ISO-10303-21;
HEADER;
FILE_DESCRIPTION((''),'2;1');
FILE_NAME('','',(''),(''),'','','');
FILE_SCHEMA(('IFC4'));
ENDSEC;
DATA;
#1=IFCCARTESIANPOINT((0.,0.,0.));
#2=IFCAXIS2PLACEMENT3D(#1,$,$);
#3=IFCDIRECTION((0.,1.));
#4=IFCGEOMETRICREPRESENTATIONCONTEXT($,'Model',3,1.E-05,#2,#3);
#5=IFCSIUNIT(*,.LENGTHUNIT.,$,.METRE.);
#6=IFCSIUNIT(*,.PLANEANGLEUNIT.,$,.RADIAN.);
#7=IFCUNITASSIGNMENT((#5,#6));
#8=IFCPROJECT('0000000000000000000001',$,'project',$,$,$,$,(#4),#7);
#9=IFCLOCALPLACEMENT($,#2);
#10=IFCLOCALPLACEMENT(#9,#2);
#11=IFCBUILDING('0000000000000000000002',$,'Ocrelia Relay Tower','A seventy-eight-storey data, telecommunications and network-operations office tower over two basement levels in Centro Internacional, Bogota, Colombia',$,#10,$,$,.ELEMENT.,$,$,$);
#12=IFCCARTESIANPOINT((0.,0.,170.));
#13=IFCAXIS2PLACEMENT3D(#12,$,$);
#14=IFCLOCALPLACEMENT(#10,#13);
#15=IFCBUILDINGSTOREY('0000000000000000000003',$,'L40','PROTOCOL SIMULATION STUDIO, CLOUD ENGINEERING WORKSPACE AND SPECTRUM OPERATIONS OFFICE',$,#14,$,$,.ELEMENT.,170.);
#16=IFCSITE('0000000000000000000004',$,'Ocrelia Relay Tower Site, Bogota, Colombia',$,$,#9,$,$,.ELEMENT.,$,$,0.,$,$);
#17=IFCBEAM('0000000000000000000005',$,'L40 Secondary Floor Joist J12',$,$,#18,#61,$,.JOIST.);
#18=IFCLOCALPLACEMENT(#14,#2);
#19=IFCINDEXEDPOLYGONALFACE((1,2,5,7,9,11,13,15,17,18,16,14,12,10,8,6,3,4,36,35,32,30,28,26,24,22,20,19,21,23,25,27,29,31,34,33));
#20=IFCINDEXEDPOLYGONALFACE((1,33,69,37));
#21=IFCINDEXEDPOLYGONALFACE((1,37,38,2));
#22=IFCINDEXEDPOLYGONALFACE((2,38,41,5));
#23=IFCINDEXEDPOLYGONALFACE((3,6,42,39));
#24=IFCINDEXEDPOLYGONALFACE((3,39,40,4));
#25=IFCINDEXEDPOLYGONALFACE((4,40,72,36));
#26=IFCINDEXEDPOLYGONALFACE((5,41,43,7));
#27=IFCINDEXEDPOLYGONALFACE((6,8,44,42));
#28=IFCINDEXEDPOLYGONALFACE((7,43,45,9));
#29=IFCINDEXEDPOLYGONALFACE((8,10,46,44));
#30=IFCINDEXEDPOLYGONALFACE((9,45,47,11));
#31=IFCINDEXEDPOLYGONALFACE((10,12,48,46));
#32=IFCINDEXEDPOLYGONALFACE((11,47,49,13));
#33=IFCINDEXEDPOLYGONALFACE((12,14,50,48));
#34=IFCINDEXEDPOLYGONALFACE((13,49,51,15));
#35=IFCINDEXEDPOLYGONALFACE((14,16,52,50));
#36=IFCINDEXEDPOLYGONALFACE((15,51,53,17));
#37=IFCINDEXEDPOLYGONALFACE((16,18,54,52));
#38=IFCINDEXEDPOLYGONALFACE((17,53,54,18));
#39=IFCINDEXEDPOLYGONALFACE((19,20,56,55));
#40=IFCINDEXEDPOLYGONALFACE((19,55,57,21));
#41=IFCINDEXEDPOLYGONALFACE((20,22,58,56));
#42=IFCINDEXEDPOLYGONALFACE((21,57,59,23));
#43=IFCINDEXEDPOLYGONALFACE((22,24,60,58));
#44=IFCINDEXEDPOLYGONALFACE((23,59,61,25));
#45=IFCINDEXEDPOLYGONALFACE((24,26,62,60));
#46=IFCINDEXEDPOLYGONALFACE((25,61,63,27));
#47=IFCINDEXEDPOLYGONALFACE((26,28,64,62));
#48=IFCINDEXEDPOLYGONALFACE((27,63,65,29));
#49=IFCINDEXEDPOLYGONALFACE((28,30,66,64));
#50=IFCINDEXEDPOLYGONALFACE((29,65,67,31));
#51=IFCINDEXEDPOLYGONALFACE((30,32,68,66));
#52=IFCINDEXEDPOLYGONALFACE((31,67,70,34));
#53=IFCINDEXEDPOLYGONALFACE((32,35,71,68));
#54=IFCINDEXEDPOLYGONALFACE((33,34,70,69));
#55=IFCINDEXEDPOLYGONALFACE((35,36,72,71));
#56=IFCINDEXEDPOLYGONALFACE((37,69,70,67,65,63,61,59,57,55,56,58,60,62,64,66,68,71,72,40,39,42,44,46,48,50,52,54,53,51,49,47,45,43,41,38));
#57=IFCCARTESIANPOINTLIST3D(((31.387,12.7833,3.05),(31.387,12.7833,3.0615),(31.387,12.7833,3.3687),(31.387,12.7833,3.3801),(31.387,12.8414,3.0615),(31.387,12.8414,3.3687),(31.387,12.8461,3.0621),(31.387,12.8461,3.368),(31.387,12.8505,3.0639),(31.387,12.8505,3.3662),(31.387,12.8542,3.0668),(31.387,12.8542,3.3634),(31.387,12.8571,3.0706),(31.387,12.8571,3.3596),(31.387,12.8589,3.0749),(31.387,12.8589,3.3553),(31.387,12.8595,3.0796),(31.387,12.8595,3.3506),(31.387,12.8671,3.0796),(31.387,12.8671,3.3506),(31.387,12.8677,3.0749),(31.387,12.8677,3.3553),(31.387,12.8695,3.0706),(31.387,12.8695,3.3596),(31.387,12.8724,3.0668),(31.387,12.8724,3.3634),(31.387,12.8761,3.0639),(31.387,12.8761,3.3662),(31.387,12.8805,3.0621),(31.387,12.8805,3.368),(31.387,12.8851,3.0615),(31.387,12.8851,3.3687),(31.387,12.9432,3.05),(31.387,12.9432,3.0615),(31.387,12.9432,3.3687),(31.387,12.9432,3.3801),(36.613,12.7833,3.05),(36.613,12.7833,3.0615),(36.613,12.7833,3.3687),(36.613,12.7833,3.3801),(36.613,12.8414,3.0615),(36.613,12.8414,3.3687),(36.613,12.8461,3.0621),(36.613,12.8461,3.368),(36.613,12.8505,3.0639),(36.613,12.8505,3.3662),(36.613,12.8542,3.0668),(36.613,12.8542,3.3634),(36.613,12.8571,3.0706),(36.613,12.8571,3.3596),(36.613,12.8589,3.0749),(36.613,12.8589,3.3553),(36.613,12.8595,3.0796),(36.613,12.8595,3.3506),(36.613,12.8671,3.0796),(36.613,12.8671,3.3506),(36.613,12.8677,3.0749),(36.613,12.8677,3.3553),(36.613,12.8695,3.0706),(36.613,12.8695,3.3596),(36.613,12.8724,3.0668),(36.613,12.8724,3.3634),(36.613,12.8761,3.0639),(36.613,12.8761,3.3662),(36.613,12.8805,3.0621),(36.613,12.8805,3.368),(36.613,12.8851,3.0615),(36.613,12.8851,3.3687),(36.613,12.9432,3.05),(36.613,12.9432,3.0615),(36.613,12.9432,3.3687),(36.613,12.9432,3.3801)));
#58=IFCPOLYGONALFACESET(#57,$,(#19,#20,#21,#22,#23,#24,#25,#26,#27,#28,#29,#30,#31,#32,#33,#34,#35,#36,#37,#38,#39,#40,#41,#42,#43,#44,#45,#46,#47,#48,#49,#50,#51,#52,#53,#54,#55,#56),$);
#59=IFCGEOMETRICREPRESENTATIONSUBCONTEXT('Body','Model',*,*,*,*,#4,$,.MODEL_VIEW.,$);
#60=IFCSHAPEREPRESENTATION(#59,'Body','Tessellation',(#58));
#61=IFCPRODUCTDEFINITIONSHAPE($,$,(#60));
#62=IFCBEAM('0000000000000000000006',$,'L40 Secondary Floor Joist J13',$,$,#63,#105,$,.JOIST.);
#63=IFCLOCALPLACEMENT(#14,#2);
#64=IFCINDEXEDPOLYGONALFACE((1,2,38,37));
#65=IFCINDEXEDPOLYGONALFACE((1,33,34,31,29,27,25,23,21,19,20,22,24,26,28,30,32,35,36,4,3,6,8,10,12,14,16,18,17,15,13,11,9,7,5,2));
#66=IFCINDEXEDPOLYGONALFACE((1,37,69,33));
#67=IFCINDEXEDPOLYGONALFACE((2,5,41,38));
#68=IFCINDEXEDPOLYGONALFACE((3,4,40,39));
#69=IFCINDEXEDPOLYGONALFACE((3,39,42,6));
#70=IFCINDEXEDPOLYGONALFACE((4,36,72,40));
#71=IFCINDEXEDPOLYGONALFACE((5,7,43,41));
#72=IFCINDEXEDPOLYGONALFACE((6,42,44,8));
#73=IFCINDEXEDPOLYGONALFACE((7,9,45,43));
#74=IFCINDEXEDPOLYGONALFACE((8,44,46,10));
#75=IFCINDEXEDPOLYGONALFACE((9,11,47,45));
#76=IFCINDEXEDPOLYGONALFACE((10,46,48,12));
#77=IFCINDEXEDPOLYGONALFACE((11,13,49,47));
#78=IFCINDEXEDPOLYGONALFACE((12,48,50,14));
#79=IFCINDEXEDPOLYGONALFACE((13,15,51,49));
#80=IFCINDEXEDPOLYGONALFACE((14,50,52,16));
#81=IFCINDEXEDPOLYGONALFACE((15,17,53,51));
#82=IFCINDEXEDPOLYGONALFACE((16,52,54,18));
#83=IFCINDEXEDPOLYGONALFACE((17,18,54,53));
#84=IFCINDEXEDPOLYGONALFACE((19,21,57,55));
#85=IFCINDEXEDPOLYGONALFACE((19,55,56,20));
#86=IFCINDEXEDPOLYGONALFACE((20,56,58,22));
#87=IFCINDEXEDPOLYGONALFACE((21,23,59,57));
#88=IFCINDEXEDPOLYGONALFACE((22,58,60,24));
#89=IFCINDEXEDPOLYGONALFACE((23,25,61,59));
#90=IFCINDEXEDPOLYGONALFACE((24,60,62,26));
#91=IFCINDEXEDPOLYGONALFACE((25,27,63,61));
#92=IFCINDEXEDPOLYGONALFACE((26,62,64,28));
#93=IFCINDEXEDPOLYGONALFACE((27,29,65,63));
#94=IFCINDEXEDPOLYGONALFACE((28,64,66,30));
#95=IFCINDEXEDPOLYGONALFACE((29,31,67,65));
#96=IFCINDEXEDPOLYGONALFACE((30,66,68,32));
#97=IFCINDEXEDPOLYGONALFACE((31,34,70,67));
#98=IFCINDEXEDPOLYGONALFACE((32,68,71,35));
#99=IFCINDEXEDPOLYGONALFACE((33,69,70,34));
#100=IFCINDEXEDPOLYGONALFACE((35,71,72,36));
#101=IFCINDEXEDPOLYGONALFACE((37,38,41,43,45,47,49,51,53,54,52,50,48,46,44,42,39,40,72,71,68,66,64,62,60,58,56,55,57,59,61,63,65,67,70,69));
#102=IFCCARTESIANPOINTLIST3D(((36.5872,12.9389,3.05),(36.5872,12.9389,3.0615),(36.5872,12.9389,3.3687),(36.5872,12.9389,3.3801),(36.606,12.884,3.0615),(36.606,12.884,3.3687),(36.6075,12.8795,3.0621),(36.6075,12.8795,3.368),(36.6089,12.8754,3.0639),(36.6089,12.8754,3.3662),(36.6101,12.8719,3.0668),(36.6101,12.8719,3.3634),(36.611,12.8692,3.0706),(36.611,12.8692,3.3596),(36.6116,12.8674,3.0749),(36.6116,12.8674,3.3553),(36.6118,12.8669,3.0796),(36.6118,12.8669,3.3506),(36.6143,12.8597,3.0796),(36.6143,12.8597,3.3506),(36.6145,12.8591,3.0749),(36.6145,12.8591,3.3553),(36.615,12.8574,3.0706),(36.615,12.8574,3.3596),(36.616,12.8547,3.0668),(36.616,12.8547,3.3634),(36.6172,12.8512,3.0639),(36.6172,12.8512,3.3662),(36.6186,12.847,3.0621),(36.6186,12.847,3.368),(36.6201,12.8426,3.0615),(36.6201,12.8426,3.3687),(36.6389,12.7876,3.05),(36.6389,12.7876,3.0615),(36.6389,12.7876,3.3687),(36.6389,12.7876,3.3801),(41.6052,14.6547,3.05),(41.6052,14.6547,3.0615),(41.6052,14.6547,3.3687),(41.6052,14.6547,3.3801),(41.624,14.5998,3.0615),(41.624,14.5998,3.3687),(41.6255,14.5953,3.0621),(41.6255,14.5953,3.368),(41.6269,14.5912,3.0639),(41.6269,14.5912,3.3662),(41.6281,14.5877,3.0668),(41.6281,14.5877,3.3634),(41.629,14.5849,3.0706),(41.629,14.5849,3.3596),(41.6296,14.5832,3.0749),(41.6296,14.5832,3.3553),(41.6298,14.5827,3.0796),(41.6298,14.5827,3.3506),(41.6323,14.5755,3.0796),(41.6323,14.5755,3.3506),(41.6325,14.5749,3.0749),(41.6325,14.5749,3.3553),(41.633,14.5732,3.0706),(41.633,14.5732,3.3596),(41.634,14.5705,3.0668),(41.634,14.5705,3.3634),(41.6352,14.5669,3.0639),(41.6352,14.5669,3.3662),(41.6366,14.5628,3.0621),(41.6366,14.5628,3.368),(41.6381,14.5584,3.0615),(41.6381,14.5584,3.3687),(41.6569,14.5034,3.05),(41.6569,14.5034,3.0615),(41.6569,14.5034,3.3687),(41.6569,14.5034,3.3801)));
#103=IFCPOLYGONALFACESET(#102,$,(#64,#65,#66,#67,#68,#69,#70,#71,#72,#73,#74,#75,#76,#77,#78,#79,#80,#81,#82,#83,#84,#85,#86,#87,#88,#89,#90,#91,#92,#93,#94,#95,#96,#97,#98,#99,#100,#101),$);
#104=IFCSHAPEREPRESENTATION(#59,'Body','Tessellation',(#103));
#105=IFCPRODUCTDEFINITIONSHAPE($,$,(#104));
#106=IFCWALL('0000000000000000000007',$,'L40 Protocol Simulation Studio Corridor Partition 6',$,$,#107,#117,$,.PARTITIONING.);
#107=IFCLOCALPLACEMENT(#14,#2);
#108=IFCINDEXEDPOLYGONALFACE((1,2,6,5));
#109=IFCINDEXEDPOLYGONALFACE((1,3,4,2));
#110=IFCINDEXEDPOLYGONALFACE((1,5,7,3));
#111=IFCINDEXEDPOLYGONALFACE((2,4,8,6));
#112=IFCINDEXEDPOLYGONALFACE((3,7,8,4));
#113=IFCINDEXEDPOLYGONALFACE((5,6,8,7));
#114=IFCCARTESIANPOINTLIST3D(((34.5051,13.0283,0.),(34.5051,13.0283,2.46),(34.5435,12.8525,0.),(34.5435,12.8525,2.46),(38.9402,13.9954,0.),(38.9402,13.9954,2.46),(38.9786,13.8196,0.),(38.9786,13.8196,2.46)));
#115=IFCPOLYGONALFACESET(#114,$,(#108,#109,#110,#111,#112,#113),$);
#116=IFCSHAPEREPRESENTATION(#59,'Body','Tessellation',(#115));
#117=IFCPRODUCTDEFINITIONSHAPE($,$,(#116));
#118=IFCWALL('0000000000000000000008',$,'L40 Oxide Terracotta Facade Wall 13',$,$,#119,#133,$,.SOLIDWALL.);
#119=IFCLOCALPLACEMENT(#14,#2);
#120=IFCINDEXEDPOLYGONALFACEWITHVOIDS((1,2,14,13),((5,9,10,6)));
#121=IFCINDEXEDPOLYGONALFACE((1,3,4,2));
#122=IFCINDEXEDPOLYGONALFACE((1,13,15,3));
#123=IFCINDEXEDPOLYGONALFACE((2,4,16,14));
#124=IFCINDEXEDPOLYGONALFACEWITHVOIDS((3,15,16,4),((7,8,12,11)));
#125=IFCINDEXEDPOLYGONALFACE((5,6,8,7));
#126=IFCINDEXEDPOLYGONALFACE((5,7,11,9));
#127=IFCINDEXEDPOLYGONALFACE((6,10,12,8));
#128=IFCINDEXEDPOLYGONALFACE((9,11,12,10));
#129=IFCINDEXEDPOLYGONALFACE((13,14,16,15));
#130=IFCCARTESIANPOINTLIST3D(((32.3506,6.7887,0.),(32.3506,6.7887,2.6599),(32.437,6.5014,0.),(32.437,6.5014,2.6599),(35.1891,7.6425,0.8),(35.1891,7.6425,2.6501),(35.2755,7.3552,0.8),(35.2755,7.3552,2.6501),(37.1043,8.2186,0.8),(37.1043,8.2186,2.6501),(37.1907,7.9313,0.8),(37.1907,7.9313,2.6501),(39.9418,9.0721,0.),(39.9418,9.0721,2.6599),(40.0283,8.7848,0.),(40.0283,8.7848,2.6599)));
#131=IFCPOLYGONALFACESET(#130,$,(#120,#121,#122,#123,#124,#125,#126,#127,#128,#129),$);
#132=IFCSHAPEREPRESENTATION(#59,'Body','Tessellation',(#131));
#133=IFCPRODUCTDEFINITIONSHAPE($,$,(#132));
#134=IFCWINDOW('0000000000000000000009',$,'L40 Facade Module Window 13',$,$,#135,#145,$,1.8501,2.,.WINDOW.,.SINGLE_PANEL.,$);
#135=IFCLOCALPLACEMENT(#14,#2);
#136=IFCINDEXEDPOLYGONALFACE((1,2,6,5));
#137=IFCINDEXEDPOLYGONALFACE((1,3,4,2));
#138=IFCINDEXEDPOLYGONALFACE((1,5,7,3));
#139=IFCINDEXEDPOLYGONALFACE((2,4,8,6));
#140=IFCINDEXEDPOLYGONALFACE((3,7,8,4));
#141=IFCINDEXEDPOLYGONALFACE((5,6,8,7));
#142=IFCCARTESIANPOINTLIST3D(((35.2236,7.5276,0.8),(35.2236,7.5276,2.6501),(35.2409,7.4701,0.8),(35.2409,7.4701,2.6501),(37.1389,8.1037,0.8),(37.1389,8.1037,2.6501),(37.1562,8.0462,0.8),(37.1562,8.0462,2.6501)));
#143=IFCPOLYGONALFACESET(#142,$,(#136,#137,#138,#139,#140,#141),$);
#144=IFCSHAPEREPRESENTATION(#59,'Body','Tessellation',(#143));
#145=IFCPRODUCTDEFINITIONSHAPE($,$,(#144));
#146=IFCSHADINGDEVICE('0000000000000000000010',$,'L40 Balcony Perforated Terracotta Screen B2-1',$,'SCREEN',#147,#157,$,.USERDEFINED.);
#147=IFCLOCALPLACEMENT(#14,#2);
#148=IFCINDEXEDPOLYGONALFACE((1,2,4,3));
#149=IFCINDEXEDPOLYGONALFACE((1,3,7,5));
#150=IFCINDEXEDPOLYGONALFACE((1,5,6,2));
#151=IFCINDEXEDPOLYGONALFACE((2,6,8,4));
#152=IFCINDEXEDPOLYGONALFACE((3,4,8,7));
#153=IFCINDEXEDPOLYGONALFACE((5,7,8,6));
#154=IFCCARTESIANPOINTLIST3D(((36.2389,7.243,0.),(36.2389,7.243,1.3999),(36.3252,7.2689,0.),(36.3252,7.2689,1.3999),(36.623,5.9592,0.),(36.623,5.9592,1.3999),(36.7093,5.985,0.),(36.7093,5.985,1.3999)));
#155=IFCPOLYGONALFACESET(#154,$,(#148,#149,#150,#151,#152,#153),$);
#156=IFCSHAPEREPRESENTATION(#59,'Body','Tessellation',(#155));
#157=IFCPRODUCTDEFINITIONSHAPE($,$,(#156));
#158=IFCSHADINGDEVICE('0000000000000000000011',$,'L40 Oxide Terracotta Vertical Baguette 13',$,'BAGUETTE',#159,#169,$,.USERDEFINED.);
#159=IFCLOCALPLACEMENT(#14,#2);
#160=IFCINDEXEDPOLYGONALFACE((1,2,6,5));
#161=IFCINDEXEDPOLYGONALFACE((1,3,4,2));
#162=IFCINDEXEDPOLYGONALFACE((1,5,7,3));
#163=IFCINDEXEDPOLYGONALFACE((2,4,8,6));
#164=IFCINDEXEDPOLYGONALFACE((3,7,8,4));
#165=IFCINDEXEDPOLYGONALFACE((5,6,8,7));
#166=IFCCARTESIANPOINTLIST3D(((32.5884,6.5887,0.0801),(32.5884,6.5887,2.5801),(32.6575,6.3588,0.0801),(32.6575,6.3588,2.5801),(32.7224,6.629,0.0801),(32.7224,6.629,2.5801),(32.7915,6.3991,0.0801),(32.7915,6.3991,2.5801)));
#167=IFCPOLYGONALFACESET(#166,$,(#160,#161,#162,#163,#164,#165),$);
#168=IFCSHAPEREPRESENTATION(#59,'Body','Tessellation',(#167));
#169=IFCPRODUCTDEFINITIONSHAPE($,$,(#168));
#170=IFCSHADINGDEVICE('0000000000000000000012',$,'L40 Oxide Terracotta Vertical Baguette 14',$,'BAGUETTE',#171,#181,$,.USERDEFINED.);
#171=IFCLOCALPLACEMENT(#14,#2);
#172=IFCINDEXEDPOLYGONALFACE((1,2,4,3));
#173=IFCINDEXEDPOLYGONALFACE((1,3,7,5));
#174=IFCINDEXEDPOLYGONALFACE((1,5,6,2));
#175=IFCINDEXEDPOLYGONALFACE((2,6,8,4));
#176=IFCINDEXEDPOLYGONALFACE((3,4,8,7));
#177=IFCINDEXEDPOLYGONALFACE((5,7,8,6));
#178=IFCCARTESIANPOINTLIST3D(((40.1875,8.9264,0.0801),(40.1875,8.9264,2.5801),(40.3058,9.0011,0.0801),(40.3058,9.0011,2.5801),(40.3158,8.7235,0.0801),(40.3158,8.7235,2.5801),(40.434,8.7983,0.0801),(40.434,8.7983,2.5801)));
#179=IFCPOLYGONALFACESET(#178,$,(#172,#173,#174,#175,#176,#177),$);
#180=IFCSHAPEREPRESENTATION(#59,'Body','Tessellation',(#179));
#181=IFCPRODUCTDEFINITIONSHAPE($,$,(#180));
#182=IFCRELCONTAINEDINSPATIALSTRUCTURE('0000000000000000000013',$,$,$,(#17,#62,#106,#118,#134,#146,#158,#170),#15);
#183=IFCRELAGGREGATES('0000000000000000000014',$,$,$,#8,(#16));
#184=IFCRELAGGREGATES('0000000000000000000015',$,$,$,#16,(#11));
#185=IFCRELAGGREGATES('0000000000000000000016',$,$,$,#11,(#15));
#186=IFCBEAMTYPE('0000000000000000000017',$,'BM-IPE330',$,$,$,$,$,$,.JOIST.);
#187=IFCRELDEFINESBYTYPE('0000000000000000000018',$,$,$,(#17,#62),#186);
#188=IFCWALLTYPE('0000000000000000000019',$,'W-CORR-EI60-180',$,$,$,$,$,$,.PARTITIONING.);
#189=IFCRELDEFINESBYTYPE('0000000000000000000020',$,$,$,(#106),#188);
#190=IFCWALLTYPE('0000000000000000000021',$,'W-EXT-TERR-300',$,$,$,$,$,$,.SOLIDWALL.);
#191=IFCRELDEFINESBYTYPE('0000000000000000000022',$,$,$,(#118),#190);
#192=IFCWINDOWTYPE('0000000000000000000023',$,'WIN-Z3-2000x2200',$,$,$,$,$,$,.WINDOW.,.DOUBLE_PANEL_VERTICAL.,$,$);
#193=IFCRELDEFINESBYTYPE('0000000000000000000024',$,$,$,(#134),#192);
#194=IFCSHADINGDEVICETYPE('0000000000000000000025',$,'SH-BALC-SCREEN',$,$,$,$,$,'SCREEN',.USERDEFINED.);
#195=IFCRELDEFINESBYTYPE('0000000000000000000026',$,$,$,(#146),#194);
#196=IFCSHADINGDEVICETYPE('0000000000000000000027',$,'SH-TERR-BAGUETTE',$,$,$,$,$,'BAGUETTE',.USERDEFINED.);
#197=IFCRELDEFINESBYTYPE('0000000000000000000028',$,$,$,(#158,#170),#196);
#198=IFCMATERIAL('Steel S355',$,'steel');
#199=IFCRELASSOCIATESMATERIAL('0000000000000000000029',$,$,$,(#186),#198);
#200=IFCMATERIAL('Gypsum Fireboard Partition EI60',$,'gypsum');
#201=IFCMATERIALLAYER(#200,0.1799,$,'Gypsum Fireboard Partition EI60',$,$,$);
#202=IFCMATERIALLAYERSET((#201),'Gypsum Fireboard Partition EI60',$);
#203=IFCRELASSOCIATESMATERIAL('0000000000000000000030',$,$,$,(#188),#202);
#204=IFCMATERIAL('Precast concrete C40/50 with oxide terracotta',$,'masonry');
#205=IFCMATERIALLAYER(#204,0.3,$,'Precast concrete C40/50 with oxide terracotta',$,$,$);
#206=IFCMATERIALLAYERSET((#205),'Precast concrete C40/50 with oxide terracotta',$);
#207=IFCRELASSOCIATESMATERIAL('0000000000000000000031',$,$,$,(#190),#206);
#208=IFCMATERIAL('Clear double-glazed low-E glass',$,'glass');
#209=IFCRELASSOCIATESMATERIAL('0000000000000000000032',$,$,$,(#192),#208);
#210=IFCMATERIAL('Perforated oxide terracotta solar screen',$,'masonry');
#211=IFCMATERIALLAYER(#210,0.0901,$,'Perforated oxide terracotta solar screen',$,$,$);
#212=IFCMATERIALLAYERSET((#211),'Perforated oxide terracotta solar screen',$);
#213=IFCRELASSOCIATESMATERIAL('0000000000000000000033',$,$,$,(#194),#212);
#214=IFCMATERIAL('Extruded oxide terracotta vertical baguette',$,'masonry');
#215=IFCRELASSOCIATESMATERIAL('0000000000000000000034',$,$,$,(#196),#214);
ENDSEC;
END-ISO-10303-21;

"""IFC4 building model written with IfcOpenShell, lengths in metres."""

from ifc_helpers import new_model, si_unit, direction, frame, frame_2d, origin, origin_2d, place, context, subcontext, project, spatial, rectangle, i_section, extrude, material, layer, layer_set, material_profile, profile_set, type_object, element, fill, save


model = new_model("IFC4")

# Units and contexts
model_context = context("Model", 3, precision=1e-05, world=origin(), true_north=direction((0.0, 1.0)))
body_context = subcontext(model_context, "Body", "Model", "MODEL_VIEW")
ifc_project = project(units=[si_unit("LENGTHUNIT", "METRE"), si_unit("PLANEANGLEUNIT", "RADIAN")], contexts=[model_context])

# Site, building, storey
site_placement = place(None, origin())
site = spatial("IfcSite", under=ifc_project, at=site_placement, Name="Ocrelia Relay Tower Site, Bogota, Colombia", CompositionType="ELEMENT", RefElevation=0.0)
building_placement = place(site_placement, origin())
building = spatial("IfcBuilding", under=site, at=building_placement, Name="Ocrelia Relay Tower", Description="A seventy-eight-storey data, telecommunications and network-operations office tower over two basement levels in Centro Internacional, Bogota, Colombia", CompositionType="ELEMENT")
storey_placement = place(building_placement, frame((0.0, 0.0, 170.0)))
storey = spatial("IfcBuildingStorey", under=building, at=storey_placement, Name="L40", Description="PROTOCOL SIMULATION STUDIO, CLOUD ENGINEERING WORKSPACE AND SPECTRUM OPERATIONS OFFICE", CompositionType="ELEMENT", Elevation=170.0)

# Beams
ifc_material_1 = material(Name="Steel S355", Category="steel")
ifc_material_profile_1 = material_profile(ifc_material_1, i_section(OverallWidth=0.1599, OverallDepth=0.3301, WebThickness=0.0076, FlangeThickness=0.0115, FilletRadius=0.0181, at=origin_2d()), Name="IPE 330")
ifc_profile_set_1 = profile_set([ifc_material_profile_1], Name="Steel S355")
beam_type_1 = type_object("IfcBeamType", Name="BM-IPE330", PredefinedType="JOIST", material=ifc_profile_set_1)
beam_1_placement = place(storey_placement, frame((31.387, 12.8633, 3.2151), z_axis=(1.0, 0.0, 0.0), x_axis=(0.0, 1.0, 0.0)))
element("IfcBeam", 1, at=beam_1_placement, inside=storey, type_object=beam_type_1, Name="L40 Secondary Floor Joist J12", PredefinedType="JOIST", context=body_context, shape_type="SweptSolid", body=[
    extrude(i_section(OverallWidth=0.1599, OverallDepth=0.3301, WebThickness=0.0076, FlangeThickness=0.0115, FilletRadius=0.0181, at=origin_2d()), origin(), (0.0, 0.0, 1.0), 5.2261),
])
beam_2_placement = place(storey_placement, frame((36.613, 12.8633, 3.2151), z_axis=(0.946215, 0.323538, 0.0), x_axis=(-0.323538, 0.946215, 0.0)))
element("IfcBeam", 2, at=beam_2_placement, inside=storey, type_object=beam_type_1, Name="L40 Secondary Floor Joist J13", PredefinedType="JOIST", context=body_context, shape_type="SweptSolid", body=[
    extrude(i_section(OverallWidth=0.1599, OverallDepth=0.3301, WebThickness=0.0076, FlangeThickness=0.0115, FilletRadius=0.0181, at=origin_2d()), origin(), (0.0, 0.0, 1.0), 5.3032),
])

# Wall
ifc_material_2 = material(Name="Gypsum Fireboard Partition EI60", Category="gypsum")
ifc_layer_1 = layer(ifc_material_2, 0.1799, Name="Gypsum Fireboard Partition EI60")
ifc_layer_set_1 = layer_set([ifc_layer_1], Name="Gypsum Fireboard Partition EI60")
wall_type_1 = type_object("IfcWallType", Name="W-CORR-EI60-180", PredefinedType="PARTITIONING", material=ifc_layer_set_1)
wall_1_placement = place(storey_placement, frame((34.5244, 12.9404, 0.0), z_axis=(0.0, 0.0, 1.0), x_axis=(0.977044, 0.213039, 0.0)))
element("IfcWall", 3, at=wall_1_placement, inside=storey, type_object=wall_type_1, Name="L40 Protocol Simulation Studio Corridor Partition 6", PredefinedType="PARTITIONING", context=body_context, shape_type="SweptSolid", body=[
    extrude(rectangle(XDim=4.5393, YDim=0.1799, at=frame_2d((2.2695, 0.0))), origin(), (0.0, 0.0, 1.0), 2.46),
])

# Wall, opening, window
ifc_material_3 = material(Name="Precast concrete C40/50 with oxide terracotta", Category="masonry")
ifc_layer_2 = layer(ifc_material_3, 0.3, Name="Precast concrete C40/50 with oxide terracotta")
ifc_layer_set_2 = layer_set([ifc_layer_2], Name="Precast concrete C40/50 with oxide terracotta")
wall_type_2 = type_object("IfcWallType", Name="W-EXT-TERR-300", PredefinedType="SOLIDWALL", material=ifc_layer_set_2)
wall_2_placement = place(storey_placement, frame((32.3938, 6.645, 0.0), z_axis=(0.0, 0.0, 1.0), x_axis=(0.957616, 0.288049, 0.0)))
wall_2 = element("IfcWall", 4, at=wall_2_placement, inside=storey, type_object=wall_type_2, Name="L40 Oxide Terracotta Facade Wall 13", PredefinedType="SOLIDWALL", context=body_context, shape_type="SweptSolid", body=[
    extrude(rectangle(XDim=7.9272, YDim=0.3, at=frame_2d((3.9636, 0.0))), origin(), (0.0, 0.0, 1.0), 2.6599),
])
opening_1_placement = place(wall_2_placement, frame((2.9641, 0.0, 0.8)))
opening_1 = element("IfcOpeningElement", 5, at=opening_1_placement, cuts=wall_2, PredefinedType="OPENING", context=body_context, shape_type="SweptSolid", body=[
    extrude(rectangle(XDim=2.0, YDim=1.8501, at=frame_2d((1.0, 0.925))), frame((0.0, 0.1602, 0.0), z_axis=(0.0, -1.0, 0.0), x_axis=(1.0, 0.0, 0.0)), (0.0, 0.0, 1.0), 0.3201),
])
ifc_material_4 = material(Name="Clear double-glazed low-E glass", Category="glass")
window_type = type_object("IfcWindowType", Name="WIN-Z3-2000x2200", PartitioningType="DOUBLE_PANEL_VERTICAL", PredefinedType="WINDOW", material=ifc_material_4)
window_placement = place(opening_1_placement, origin())
window = element("IfcWindow", 6, at=window_placement, inside=storey, type_object=window_type, Name="L40 Facade Module Window 13", OverallHeight=1.8501, OverallWidth=2.0, PartitioningType="SINGLE_PANEL", PredefinedType="WINDOW", context=body_context, shape_type="SweptSolid", body=[
    extrude(rectangle(XDim=2.0, YDim=1.8501, at=frame_2d((1.0, 0.925))), frame((0.0, 0.03, 0.0), z_axis=(0.0, -1.0, 0.0), x_axis=(1.0, 0.0, 0.0)), (0.0, 0.0, 1.0), 0.0601),
])
fill(opening_1, window)

# Shading devices
ifc_material_5 = material(Name="Perforated oxide terracotta solar screen", Category="masonry")
ifc_layer_3 = layer(ifc_material_5, 0.0901, Name="Perforated oxide terracotta solar screen")
ifc_layer_set_3 = layer_set([ifc_layer_3], Name="Perforated oxide terracotta solar screen")
shading_device_type_1 = type_object("IfcShadingDeviceType", Name="SH-BALC-SCREEN", ElementType="SCREEN", PredefinedType="USERDEFINED", material=ifc_layer_set_3)
shading_device_1_placement = place(storey_placement, frame((36.4741, 6.614, 0.0), z_axis=(0.0, 0.0, 1.0), x_axis=(0.286624, -0.958043, 0.0)))
element("IfcShadingDevice", 7, at=shading_device_1_placement, inside=storey, type_object=shading_device_type_1, Name="L40 Balcony Perforated Terracotta Screen B2-1", ObjectType="SCREEN", PredefinedType="USERDEFINED", context=body_context, shape_type="SweptSolid", body=[
    extrude(rectangle(XDim=1.3401, YDim=0.0901, at=origin_2d()), origin(), (0.0, 0.0, 1.0), 1.3999),
])
ifc_material_6 = material(Name="Extruded oxide terracotta vertical baguette", Category="masonry")
shading_device_type_2 = type_object("IfcShadingDeviceType", Name="SH-TERR-BAGUETTE", ElementType="BAGUETTE", PredefinedType="USERDEFINED", material=ifc_material_6)
for number, where, z_axis, x_axis, name in (
    (8, (32.6899, 6.4939, 0.0801), (0.0, 0.0, 1.0), (0.957615, 0.28805, 0.0), "L40 Oxide Terracotta Vertical Baguette 13"),
    (9, (40.3108, 8.8623, 0.0801), (0.0, 0.0, 1.0), (0.845263, 0.53435, 0.0), "L40 Oxide Terracotta Vertical Baguette 14"),
):
    element("IfcShadingDevice", number, at=place(storey_placement, frame(where, z_axis=z_axis, x_axis=x_axis)), inside=storey, type_object=shading_device_type_2, Name=name, ObjectType="BAGUETTE", PredefinedType="USERDEFINED", context=body_context, shape_type="SweptSolid", body=[
        extrude(rectangle(XDim=0.1399, YDim=0.24, at=origin_2d()), origin(), (0.0, 0.0, 1.0), 2.5),
    ])

save(model, "model.ifc")
